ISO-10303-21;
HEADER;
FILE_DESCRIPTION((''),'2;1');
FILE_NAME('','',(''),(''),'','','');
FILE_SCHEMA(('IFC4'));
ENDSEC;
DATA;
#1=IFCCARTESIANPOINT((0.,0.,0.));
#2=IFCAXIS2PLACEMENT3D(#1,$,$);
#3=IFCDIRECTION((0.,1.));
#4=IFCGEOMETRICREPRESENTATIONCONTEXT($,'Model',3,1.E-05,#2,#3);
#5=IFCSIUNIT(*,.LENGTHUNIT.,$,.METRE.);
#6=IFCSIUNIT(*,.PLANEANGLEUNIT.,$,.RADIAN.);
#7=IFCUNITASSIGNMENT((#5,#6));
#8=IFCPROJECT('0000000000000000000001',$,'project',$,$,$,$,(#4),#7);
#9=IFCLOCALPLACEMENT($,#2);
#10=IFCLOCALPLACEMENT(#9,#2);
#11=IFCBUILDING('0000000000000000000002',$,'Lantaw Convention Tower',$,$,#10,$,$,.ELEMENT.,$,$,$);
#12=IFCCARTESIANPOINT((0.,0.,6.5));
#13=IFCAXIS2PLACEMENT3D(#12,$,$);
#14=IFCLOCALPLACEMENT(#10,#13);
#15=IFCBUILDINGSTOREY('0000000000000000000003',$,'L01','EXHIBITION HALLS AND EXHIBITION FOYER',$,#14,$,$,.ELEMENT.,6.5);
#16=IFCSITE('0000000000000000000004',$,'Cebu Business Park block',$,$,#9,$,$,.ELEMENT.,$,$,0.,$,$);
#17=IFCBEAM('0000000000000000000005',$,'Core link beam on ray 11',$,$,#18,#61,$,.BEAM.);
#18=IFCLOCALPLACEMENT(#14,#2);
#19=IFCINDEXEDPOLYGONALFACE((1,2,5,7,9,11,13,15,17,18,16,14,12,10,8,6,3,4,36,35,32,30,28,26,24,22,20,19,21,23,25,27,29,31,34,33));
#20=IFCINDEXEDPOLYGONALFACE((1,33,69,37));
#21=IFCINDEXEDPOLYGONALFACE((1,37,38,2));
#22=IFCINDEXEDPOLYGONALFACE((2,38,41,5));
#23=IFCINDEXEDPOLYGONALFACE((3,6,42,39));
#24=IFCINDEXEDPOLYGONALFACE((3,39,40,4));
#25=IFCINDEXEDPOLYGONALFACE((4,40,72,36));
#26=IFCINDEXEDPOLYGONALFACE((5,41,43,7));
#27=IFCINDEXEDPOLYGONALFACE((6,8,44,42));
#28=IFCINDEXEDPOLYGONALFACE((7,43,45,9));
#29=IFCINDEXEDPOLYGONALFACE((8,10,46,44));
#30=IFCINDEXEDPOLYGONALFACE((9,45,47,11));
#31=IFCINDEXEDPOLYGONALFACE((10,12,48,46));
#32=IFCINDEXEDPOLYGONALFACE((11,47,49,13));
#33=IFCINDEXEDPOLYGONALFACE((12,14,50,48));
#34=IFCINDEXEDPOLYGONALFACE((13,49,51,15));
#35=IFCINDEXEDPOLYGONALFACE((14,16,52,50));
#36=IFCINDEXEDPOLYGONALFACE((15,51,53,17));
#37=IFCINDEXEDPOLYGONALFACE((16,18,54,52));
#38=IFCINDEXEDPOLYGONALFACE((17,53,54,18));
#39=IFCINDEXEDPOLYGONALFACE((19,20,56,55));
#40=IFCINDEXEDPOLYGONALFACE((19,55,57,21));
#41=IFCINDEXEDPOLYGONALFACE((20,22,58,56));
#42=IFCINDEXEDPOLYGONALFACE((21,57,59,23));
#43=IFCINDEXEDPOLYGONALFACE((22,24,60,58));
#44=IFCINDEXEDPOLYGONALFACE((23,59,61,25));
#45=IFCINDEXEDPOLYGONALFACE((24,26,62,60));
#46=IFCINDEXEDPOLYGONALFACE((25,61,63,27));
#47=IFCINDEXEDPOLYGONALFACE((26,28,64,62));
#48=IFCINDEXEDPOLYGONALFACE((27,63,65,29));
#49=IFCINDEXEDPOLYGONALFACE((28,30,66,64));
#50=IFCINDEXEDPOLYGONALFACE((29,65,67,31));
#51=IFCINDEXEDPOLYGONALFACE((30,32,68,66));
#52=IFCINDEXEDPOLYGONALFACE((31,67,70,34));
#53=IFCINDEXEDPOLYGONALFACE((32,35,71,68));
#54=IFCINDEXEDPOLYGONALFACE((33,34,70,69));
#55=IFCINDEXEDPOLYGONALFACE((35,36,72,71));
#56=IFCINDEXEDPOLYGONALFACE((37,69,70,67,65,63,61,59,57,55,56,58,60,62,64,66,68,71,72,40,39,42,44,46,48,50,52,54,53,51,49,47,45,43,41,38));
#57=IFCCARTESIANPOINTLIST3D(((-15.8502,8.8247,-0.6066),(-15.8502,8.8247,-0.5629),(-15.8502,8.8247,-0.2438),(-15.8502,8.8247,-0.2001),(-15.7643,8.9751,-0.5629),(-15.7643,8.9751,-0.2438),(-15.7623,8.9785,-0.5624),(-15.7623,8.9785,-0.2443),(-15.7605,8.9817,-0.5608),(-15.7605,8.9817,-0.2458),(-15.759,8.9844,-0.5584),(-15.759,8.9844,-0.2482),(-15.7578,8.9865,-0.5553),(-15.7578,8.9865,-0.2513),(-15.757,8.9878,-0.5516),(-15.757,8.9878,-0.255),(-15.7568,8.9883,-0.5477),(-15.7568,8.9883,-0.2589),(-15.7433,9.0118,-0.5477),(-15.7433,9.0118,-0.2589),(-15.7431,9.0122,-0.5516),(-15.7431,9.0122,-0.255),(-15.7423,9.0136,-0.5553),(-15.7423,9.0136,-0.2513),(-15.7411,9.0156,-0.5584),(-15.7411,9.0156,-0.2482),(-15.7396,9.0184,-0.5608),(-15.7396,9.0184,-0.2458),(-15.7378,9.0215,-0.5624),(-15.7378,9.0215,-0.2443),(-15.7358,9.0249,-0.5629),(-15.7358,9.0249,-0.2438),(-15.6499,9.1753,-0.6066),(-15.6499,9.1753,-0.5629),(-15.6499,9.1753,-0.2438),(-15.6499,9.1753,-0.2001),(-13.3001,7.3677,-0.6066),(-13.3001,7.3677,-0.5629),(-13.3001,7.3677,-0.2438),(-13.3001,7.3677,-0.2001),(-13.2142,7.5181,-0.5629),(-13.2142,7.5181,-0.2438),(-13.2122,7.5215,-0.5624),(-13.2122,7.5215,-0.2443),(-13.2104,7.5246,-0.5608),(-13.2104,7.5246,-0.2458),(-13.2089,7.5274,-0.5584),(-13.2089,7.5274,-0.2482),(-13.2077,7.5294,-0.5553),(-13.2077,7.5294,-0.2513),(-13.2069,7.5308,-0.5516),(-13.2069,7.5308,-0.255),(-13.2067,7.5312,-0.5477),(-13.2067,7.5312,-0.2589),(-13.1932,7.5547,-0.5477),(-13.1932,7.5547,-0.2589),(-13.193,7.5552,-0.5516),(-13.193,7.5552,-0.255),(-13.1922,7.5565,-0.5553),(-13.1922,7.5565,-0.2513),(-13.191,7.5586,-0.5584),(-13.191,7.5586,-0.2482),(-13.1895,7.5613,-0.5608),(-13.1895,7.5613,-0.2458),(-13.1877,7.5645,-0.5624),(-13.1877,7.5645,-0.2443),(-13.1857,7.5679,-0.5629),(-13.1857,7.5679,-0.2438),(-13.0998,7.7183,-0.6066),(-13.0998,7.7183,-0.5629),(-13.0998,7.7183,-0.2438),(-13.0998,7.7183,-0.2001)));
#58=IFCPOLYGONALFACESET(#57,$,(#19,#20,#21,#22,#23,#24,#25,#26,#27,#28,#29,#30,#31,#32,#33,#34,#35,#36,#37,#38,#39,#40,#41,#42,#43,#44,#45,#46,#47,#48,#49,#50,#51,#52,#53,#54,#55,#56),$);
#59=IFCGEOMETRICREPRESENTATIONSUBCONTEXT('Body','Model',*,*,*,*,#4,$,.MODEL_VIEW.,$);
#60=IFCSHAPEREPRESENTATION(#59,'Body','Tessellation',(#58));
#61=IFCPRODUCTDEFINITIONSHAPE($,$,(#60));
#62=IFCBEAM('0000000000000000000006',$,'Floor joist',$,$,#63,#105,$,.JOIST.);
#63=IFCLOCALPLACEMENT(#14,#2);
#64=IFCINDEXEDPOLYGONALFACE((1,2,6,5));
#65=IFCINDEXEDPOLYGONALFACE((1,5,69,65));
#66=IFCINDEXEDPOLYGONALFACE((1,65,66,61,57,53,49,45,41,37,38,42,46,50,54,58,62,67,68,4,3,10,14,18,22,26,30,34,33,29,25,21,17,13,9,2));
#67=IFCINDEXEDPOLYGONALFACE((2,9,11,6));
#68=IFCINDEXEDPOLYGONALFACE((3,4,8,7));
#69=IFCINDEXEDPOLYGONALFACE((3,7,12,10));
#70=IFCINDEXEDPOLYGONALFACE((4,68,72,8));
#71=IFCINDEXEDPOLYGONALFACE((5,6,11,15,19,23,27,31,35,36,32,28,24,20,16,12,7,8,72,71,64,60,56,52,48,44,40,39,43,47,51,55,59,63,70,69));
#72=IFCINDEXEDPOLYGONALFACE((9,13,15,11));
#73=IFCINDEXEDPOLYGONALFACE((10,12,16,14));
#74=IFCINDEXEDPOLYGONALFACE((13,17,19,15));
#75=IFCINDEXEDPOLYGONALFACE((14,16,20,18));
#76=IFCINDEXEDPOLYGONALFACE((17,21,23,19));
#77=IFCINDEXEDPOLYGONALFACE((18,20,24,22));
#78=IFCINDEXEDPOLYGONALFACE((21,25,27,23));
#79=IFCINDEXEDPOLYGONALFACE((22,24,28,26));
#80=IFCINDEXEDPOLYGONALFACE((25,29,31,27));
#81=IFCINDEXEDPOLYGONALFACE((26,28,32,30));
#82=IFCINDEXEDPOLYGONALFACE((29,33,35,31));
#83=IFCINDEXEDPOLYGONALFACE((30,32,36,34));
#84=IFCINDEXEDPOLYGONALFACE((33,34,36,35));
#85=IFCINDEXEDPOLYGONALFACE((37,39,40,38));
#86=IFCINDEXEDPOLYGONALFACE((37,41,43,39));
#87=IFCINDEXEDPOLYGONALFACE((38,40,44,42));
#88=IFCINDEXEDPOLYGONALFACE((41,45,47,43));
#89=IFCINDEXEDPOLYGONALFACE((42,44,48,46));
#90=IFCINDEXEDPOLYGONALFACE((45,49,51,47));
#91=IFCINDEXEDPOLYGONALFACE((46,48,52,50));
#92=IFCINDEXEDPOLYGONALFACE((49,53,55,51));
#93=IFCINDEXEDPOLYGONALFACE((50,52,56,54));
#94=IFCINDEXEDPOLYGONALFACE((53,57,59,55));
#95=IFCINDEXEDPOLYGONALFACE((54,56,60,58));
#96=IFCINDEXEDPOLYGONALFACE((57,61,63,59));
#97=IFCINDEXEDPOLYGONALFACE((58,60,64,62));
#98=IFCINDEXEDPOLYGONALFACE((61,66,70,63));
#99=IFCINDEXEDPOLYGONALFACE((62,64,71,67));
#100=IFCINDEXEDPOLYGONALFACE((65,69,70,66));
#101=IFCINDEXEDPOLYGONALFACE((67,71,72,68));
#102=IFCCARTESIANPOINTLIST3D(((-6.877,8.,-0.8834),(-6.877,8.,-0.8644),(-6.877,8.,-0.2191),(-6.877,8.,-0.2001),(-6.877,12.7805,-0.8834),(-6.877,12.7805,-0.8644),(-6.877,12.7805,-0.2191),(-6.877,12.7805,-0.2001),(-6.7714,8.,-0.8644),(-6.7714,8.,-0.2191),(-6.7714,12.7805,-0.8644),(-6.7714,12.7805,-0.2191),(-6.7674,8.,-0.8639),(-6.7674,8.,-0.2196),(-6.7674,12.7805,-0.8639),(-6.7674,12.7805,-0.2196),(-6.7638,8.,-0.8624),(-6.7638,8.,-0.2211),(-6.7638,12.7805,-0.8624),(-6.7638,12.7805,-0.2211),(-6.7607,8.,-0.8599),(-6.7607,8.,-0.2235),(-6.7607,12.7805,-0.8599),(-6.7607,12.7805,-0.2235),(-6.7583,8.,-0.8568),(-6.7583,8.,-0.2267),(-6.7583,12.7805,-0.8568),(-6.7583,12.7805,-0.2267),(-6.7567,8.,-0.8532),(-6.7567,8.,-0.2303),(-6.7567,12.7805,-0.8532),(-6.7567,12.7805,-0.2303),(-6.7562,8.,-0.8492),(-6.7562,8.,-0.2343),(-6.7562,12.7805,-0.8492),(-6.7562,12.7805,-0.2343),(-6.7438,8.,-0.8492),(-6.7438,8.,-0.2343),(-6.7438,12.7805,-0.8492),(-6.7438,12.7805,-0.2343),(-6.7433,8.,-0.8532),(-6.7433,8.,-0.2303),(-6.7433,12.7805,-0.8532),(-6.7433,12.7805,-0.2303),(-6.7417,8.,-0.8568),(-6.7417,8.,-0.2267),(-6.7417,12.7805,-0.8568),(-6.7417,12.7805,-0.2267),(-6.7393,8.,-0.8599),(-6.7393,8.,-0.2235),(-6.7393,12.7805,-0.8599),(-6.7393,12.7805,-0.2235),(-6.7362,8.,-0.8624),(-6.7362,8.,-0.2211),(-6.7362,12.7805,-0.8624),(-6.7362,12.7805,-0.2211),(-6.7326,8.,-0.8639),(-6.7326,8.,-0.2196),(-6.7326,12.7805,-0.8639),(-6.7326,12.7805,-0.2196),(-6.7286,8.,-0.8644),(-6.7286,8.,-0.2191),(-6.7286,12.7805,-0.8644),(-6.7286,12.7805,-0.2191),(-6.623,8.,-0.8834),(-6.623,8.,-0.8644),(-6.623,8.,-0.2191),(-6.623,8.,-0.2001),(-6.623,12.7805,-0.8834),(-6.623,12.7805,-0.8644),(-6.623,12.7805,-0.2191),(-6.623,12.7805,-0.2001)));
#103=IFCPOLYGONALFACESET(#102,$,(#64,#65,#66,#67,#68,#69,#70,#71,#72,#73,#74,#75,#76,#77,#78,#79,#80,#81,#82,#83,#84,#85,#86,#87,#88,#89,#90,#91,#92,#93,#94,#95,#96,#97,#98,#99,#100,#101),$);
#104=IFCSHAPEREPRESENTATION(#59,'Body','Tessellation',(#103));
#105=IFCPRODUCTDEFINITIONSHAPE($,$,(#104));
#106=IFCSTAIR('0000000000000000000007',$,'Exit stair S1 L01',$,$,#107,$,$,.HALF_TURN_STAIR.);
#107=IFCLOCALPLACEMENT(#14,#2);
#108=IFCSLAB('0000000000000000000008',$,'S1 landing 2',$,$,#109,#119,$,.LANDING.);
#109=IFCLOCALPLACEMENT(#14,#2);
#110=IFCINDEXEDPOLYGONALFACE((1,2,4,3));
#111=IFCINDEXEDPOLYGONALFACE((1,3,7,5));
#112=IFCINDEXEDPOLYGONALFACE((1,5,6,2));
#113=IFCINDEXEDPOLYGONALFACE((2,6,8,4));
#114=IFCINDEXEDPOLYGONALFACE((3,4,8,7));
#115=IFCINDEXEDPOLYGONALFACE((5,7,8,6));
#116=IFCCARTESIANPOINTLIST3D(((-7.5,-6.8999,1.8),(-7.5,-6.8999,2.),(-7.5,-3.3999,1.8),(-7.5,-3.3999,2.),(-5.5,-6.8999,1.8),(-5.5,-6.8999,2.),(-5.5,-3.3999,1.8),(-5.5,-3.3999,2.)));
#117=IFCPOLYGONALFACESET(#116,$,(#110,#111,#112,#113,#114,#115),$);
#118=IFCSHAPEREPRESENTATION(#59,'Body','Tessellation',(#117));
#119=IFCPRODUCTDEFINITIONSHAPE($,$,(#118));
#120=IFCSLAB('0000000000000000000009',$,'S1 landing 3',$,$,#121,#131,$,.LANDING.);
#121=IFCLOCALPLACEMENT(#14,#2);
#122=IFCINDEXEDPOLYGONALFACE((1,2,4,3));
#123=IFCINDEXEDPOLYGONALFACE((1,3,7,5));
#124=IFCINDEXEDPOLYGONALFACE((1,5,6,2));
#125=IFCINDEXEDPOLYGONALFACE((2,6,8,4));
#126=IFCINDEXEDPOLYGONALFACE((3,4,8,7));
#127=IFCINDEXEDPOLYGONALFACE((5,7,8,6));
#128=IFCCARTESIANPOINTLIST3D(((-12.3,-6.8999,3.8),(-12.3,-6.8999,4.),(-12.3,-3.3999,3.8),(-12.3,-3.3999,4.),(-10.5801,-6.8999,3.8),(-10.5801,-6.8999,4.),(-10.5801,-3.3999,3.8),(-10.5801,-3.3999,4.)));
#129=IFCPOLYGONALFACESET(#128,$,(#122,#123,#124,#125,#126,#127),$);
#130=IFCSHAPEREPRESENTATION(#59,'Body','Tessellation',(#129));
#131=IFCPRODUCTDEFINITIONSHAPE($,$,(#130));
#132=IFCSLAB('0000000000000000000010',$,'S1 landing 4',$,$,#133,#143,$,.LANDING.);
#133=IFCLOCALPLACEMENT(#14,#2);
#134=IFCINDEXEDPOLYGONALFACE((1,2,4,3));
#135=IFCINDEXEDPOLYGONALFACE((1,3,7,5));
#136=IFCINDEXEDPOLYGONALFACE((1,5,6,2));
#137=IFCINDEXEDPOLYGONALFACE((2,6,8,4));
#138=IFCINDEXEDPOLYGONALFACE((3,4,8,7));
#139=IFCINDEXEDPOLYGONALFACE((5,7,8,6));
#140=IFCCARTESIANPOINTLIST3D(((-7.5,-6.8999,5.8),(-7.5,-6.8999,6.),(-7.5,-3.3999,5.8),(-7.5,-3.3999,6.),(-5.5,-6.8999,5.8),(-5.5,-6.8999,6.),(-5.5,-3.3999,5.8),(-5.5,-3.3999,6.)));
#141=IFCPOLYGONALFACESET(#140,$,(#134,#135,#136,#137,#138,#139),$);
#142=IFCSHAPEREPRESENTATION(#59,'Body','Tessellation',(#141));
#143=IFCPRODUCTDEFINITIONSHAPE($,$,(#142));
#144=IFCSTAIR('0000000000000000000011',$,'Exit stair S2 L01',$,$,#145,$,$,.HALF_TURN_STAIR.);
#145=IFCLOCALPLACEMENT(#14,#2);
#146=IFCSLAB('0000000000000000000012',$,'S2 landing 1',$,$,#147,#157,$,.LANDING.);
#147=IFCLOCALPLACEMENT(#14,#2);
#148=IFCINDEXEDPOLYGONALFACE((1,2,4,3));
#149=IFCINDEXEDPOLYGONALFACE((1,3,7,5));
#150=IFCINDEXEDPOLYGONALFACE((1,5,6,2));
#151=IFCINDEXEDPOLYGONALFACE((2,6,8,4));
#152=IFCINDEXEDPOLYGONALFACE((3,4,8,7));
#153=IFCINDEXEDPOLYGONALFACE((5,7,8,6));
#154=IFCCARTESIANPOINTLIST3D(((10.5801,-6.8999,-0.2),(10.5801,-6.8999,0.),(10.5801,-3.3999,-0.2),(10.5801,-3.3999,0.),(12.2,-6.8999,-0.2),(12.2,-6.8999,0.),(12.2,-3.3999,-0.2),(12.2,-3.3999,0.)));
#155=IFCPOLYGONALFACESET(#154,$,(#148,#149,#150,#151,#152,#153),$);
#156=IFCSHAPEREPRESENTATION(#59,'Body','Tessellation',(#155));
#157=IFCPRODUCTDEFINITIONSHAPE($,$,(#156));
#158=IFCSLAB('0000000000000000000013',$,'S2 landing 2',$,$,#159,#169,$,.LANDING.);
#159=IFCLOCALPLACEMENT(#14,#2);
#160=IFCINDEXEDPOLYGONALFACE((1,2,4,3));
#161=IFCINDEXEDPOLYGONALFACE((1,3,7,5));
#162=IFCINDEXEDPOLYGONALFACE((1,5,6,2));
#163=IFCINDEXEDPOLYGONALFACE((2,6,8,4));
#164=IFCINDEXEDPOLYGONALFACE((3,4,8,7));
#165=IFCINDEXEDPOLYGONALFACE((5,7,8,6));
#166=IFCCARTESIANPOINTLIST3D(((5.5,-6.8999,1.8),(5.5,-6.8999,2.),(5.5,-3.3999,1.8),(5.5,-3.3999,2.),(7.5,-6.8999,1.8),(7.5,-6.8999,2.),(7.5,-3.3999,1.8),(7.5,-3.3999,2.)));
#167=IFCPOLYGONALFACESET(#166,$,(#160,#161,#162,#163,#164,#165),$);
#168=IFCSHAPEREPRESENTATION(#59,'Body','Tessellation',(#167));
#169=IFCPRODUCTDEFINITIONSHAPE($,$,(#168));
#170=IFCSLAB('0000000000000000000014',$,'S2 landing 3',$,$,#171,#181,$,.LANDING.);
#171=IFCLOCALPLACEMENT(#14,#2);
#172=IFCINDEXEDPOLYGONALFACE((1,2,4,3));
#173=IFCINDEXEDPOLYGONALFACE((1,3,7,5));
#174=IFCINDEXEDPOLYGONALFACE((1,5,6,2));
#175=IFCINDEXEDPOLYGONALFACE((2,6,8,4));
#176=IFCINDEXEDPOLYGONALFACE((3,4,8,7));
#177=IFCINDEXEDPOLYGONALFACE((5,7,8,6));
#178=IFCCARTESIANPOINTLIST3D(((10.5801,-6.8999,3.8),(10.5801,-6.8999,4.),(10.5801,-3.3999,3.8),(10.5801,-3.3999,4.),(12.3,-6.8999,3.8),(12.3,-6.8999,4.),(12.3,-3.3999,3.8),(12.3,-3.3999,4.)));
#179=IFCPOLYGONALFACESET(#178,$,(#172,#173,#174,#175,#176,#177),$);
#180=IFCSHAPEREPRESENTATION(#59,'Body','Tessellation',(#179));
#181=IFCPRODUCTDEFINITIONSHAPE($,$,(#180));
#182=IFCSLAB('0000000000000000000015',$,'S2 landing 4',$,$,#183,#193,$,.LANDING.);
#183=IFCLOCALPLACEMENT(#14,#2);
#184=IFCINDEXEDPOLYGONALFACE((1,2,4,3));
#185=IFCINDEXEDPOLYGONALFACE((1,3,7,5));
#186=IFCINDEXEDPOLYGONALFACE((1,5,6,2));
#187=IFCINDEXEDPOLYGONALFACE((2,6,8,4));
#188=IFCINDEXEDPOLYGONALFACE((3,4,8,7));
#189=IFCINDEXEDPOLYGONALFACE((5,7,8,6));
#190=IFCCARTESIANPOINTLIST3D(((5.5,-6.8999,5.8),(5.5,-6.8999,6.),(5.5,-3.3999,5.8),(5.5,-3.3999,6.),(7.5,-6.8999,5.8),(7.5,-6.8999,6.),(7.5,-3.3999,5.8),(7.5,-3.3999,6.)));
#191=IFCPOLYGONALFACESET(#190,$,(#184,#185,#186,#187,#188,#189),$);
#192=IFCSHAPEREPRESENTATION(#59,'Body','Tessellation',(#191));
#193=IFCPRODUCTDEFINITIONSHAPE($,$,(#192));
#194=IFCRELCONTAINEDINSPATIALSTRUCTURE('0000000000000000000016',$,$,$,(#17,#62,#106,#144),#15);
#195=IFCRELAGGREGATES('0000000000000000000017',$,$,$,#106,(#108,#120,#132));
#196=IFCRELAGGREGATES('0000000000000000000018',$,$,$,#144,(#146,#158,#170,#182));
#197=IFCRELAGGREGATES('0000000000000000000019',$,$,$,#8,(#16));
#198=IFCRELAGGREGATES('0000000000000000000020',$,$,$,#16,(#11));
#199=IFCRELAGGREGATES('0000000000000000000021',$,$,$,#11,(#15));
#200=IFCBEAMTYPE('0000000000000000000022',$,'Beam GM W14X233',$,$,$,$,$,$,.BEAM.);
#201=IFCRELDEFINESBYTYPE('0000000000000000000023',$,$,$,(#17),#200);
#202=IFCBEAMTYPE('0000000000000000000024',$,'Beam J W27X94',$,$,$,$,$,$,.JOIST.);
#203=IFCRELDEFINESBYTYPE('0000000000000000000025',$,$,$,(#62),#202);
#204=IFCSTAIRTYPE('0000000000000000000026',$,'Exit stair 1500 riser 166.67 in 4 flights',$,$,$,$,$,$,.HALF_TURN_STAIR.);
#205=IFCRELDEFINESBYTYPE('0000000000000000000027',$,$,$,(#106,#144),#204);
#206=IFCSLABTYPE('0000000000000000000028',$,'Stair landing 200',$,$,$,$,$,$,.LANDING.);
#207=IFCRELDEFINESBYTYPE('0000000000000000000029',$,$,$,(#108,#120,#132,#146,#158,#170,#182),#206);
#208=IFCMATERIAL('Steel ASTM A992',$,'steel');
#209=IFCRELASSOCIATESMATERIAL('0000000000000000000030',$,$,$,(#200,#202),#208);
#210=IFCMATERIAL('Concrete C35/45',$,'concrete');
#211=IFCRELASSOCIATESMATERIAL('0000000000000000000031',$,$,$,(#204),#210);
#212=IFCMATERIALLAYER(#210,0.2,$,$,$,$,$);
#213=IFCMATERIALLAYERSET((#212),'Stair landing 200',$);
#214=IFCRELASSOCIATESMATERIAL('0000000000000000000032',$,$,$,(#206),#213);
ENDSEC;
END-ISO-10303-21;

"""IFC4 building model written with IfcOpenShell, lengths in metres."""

from ifc_helpers import new_model, si_unit, direction, frame, origin, origin_2d, place, context, subcontext, project, spatial, polyline, i_section, outline, extrude, material, layer, layer_set, material_profile, profile_set, type_object, element, aggregate, save


model = new_model("IFC4")

# Units and contexts
model_context = context("Model", 3, precision=1e-05, world=origin(), true_north=direction((0.0, 1.0)))
body_context = subcontext(model_context, "Body", "Model", "MODEL_VIEW")
ifc_project = project(units=[si_unit("LENGTHUNIT", "METRE"), si_unit("PLANEANGLEUNIT", "RADIAN")], contexts=[model_context])

# Site, building, storey
site_placement = place(None, origin())
site = spatial("IfcSite", under=ifc_project, at=site_placement, Name="Cebu Business Park block", CompositionType="ELEMENT", RefElevation=0.0)
building_placement = place(site_placement, origin())
building = spatial("IfcBuilding", under=site, at=building_placement, Name="Lantaw Convention Tower", CompositionType="ELEMENT")
storey_placement = place(building_placement, frame((0.0, 0.0, 6.5)))
storey = spatial("IfcBuildingStorey", under=building, at=storey_placement, Name="L01", Description="EXHIBITION HALLS AND EXHIBITION FOYER", CompositionType="ELEMENT", Elevation=6.5)

# Beams
ifc_material_1 = material(Name="Steel ASTM A992", Category="steel")
ifc_material_profile_1 = material_profile(ifc_material_1, i_section(OverallWidth=0.4038, OverallDepth=0.4065, WebThickness=0.0271, FlangeThickness=0.0437, FilletRadius=0.0151, at=origin_2d()), Name="W14X233")
ifc_profile_set_1 = profile_set([ifc_material_profile_1], Name="Steel ASTM A992")
beam_type_1 = type_object("IfcBeamType", Name="Beam GM W14X233", PredefinedType="BEAM", material=ifc_profile_set_1)
beam_1_placement = place(storey_placement, frame((-13.2, 7.543, -0.4033), z_axis=(-0.868264, 0.496103, 0.0), x_axis=(-0.496103, -0.868264, 0.0)))
element("IfcBeam", 1, at=beam_1_placement, inside=storey, type_object=beam_type_1, Name="Core link beam on ray 11", PredefinedType="BEAM", context=body_context, shape_type="SweptSolid", body=[
    extrude(i_section(OverallWidth=0.4038, OverallDepth=0.4065, WebThickness=0.0271, FlangeThickness=0.0437, FilletRadius=0.0151, at=origin_2d()), origin(), (0.0, 0.0, 1.0), 2.937),
])
ifc_material_profile_2 = material_profile(ifc_material_1, i_section(OverallWidth=0.2539, OverallDepth=0.6833, WebThickness=0.0125, FlangeThickness=0.019, FilletRadius=0.0151, at=origin_2d()), Name="W27X94")
ifc_profile_set_2 = profile_set([ifc_material_profile_2], Name="Steel ASTM A992")
beam_type_2 = type_object("IfcBeamType", Name="Beam J W27X94", PredefinedType="JOIST", material=ifc_profile_set_2)
beam_2_placement = place(storey_placement, frame((-6.75, 8.0, -0.5417), z_axis=(0.0, 1.0, 0.0), x_axis=(-1.0, 0.0, 0.0)))
element("IfcBeam", 2, at=beam_2_placement, inside=storey, type_object=beam_type_2, Name="Floor joist", PredefinedType="JOIST", context=body_context, shape_type="SweptSolid", body=[
    extrude(i_section(OverallWidth=0.2539, OverallDepth=0.6833, WebThickness=0.0125, FlangeThickness=0.019, FilletRadius=0.0151, at=origin_2d()), origin(), (0.0, 0.0, 1.0), 4.7805),
])

# Stairs, slabs
ifc_material_2 = material(Name="Concrete C35/45", Category="concrete")
stair_type_1 = type_object("IfcStairType", Name="Exit stair 1500 riser 166.67 in 4 flights", PredefinedType="HALF_TURN_STAIR", material=ifc_material_2)
stair_1_placement = place(storey_placement, origin())
stair_1 = element("IfcStair", 3, at=stair_1_placement, inside=storey, type_object=stair_type_1, Name="Exit stair S1 L01", PredefinedType="HALF_TURN_STAIR")
ifc_layer_1 = layer(ifc_material_2, 0.2)
ifc_layer_set_1 = layer_set([ifc_layer_1], Name="Stair landing 200")
slab_type = type_object("IfcSlabType", Name="Stair landing 200", PredefinedType="LANDING", material=ifc_layer_set_1)
slab_1_placement = place(storey_placement, frame((0.0, 0.0, 1.8)))
slab_1 = element("IfcSlab", 4, at=slab_1_placement, type_object=slab_type, Name="S1 landing 2", PredefinedType="LANDING", context=body_context, shape_type="SweptSolid", body=[
    extrude(outline(polyline([(-7.5, -6.8999), (-5.5, -6.8999), (-5.5, -3.3999), (-7.5, -3.3999), (-7.5, -6.8999)])), origin(), (0.0, 0.0, 1.0), 0.2),
])
slab_2_placement = place(storey_placement, frame((0.0, 0.0, 3.8)))
slab_2 = element("IfcSlab", 5, at=slab_2_placement, type_object=slab_type, Name="S1 landing 3", PredefinedType="LANDING", context=body_context, shape_type="SweptSolid", body=[
    extrude(outline(polyline([(-12.3, -6.8999), (-10.5801, -6.8999), (-10.5801, -3.3999), (-12.3, -3.3999), (-12.3, -6.8999)])), origin(), (0.0, 0.0, 1.0), 0.2),
])
slab_3_placement = place(storey_placement, frame((0.0, 0.0, 5.8)))
slab_3 = element("IfcSlab", 6, at=slab_3_placement, type_object=slab_type, Name="S1 landing 4", PredefinedType="LANDING", context=body_context, shape_type="SweptSolid", body=[
    extrude(outline(polyline([(-7.5, -6.8999), (-5.5, -6.8999), (-5.5, -3.3999), (-7.5, -3.3999), (-7.5, -6.8999)])), origin(), (0.0, 0.0, 1.0), 0.2),
])
aggregate(stair_1, [slab_1, slab_2, slab_3])
stair_2_placement = place(storey_placement, origin())
stair_2 = element("IfcStair", 7, at=stair_2_placement, inside=storey, type_object=stair_type_1, Name="Exit stair S2 L01", PredefinedType="HALF_TURN_STAIR")
slab_4_placement = place(storey_placement, frame((0.0, 0.0, -0.2)))
slab_4 = element("IfcSlab", 8, at=slab_4_placement, type_object=slab_type, Name="S2 landing 1", PredefinedType="LANDING", context=body_context, shape_type="SweptSolid", body=[
    extrude(outline(polyline([(10.5801, -6.8999), (12.2, -6.8999), (12.2, -3.3999), (10.5801, -3.3999), (10.5801, -6.8999)])), origin(), (0.0, 0.0, 1.0), 0.2),
])
slab_5_placement = place(storey_placement, frame((0.0, 0.0, 1.8)))
slab_5 = element("IfcSlab", 9, at=slab_5_placement, type_object=slab_type, Name="S2 landing 2", PredefinedType="LANDING", context=body_context, shape_type="SweptSolid", body=[
    extrude(outline(polyline([(5.5, -6.8999), (7.5, -6.8999), (7.5, -3.3999), (5.5, -3.3999), (5.5, -6.8999)])), origin(), (0.0, 0.0, 1.0), 0.2),
])
slab_6_placement = place(storey_placement, frame((0.0, 0.0, 3.8)))
slab_6 = element("IfcSlab", 10, at=slab_6_placement, type_object=slab_type, Name="S2 landing 3", PredefinedType="LANDING", context=body_context, shape_type="SweptSolid", body=[
    extrude(outline(polyline([(10.5801, -6.8999), (12.3, -6.8999), (12.3, -3.3999), (10.5801, -3.3999), (10.5801, -6.8999)])), origin(), (0.0, 0.0, 1.0), 0.2),
])
slab_7_placement = place(storey_placement, frame((0.0, 0.0, 5.8)))
slab_7 = element("IfcSlab", 11, at=slab_7_placement, type_object=slab_type, Name="S2 landing 4", PredefinedType="LANDING", context=body_context, shape_type="SweptSolid", body=[
    extrude(outline(polyline([(5.5, -6.8999), (7.5, -6.8999), (7.5, -3.3999), (5.5, -3.3999), (5.5, -6.8999)])), origin(), (0.0, 0.0, 1.0), 0.2),
])
aggregate(stair_2, [slab_4, slab_5, slab_6, slab_7])

save(model, "model.ifc")
